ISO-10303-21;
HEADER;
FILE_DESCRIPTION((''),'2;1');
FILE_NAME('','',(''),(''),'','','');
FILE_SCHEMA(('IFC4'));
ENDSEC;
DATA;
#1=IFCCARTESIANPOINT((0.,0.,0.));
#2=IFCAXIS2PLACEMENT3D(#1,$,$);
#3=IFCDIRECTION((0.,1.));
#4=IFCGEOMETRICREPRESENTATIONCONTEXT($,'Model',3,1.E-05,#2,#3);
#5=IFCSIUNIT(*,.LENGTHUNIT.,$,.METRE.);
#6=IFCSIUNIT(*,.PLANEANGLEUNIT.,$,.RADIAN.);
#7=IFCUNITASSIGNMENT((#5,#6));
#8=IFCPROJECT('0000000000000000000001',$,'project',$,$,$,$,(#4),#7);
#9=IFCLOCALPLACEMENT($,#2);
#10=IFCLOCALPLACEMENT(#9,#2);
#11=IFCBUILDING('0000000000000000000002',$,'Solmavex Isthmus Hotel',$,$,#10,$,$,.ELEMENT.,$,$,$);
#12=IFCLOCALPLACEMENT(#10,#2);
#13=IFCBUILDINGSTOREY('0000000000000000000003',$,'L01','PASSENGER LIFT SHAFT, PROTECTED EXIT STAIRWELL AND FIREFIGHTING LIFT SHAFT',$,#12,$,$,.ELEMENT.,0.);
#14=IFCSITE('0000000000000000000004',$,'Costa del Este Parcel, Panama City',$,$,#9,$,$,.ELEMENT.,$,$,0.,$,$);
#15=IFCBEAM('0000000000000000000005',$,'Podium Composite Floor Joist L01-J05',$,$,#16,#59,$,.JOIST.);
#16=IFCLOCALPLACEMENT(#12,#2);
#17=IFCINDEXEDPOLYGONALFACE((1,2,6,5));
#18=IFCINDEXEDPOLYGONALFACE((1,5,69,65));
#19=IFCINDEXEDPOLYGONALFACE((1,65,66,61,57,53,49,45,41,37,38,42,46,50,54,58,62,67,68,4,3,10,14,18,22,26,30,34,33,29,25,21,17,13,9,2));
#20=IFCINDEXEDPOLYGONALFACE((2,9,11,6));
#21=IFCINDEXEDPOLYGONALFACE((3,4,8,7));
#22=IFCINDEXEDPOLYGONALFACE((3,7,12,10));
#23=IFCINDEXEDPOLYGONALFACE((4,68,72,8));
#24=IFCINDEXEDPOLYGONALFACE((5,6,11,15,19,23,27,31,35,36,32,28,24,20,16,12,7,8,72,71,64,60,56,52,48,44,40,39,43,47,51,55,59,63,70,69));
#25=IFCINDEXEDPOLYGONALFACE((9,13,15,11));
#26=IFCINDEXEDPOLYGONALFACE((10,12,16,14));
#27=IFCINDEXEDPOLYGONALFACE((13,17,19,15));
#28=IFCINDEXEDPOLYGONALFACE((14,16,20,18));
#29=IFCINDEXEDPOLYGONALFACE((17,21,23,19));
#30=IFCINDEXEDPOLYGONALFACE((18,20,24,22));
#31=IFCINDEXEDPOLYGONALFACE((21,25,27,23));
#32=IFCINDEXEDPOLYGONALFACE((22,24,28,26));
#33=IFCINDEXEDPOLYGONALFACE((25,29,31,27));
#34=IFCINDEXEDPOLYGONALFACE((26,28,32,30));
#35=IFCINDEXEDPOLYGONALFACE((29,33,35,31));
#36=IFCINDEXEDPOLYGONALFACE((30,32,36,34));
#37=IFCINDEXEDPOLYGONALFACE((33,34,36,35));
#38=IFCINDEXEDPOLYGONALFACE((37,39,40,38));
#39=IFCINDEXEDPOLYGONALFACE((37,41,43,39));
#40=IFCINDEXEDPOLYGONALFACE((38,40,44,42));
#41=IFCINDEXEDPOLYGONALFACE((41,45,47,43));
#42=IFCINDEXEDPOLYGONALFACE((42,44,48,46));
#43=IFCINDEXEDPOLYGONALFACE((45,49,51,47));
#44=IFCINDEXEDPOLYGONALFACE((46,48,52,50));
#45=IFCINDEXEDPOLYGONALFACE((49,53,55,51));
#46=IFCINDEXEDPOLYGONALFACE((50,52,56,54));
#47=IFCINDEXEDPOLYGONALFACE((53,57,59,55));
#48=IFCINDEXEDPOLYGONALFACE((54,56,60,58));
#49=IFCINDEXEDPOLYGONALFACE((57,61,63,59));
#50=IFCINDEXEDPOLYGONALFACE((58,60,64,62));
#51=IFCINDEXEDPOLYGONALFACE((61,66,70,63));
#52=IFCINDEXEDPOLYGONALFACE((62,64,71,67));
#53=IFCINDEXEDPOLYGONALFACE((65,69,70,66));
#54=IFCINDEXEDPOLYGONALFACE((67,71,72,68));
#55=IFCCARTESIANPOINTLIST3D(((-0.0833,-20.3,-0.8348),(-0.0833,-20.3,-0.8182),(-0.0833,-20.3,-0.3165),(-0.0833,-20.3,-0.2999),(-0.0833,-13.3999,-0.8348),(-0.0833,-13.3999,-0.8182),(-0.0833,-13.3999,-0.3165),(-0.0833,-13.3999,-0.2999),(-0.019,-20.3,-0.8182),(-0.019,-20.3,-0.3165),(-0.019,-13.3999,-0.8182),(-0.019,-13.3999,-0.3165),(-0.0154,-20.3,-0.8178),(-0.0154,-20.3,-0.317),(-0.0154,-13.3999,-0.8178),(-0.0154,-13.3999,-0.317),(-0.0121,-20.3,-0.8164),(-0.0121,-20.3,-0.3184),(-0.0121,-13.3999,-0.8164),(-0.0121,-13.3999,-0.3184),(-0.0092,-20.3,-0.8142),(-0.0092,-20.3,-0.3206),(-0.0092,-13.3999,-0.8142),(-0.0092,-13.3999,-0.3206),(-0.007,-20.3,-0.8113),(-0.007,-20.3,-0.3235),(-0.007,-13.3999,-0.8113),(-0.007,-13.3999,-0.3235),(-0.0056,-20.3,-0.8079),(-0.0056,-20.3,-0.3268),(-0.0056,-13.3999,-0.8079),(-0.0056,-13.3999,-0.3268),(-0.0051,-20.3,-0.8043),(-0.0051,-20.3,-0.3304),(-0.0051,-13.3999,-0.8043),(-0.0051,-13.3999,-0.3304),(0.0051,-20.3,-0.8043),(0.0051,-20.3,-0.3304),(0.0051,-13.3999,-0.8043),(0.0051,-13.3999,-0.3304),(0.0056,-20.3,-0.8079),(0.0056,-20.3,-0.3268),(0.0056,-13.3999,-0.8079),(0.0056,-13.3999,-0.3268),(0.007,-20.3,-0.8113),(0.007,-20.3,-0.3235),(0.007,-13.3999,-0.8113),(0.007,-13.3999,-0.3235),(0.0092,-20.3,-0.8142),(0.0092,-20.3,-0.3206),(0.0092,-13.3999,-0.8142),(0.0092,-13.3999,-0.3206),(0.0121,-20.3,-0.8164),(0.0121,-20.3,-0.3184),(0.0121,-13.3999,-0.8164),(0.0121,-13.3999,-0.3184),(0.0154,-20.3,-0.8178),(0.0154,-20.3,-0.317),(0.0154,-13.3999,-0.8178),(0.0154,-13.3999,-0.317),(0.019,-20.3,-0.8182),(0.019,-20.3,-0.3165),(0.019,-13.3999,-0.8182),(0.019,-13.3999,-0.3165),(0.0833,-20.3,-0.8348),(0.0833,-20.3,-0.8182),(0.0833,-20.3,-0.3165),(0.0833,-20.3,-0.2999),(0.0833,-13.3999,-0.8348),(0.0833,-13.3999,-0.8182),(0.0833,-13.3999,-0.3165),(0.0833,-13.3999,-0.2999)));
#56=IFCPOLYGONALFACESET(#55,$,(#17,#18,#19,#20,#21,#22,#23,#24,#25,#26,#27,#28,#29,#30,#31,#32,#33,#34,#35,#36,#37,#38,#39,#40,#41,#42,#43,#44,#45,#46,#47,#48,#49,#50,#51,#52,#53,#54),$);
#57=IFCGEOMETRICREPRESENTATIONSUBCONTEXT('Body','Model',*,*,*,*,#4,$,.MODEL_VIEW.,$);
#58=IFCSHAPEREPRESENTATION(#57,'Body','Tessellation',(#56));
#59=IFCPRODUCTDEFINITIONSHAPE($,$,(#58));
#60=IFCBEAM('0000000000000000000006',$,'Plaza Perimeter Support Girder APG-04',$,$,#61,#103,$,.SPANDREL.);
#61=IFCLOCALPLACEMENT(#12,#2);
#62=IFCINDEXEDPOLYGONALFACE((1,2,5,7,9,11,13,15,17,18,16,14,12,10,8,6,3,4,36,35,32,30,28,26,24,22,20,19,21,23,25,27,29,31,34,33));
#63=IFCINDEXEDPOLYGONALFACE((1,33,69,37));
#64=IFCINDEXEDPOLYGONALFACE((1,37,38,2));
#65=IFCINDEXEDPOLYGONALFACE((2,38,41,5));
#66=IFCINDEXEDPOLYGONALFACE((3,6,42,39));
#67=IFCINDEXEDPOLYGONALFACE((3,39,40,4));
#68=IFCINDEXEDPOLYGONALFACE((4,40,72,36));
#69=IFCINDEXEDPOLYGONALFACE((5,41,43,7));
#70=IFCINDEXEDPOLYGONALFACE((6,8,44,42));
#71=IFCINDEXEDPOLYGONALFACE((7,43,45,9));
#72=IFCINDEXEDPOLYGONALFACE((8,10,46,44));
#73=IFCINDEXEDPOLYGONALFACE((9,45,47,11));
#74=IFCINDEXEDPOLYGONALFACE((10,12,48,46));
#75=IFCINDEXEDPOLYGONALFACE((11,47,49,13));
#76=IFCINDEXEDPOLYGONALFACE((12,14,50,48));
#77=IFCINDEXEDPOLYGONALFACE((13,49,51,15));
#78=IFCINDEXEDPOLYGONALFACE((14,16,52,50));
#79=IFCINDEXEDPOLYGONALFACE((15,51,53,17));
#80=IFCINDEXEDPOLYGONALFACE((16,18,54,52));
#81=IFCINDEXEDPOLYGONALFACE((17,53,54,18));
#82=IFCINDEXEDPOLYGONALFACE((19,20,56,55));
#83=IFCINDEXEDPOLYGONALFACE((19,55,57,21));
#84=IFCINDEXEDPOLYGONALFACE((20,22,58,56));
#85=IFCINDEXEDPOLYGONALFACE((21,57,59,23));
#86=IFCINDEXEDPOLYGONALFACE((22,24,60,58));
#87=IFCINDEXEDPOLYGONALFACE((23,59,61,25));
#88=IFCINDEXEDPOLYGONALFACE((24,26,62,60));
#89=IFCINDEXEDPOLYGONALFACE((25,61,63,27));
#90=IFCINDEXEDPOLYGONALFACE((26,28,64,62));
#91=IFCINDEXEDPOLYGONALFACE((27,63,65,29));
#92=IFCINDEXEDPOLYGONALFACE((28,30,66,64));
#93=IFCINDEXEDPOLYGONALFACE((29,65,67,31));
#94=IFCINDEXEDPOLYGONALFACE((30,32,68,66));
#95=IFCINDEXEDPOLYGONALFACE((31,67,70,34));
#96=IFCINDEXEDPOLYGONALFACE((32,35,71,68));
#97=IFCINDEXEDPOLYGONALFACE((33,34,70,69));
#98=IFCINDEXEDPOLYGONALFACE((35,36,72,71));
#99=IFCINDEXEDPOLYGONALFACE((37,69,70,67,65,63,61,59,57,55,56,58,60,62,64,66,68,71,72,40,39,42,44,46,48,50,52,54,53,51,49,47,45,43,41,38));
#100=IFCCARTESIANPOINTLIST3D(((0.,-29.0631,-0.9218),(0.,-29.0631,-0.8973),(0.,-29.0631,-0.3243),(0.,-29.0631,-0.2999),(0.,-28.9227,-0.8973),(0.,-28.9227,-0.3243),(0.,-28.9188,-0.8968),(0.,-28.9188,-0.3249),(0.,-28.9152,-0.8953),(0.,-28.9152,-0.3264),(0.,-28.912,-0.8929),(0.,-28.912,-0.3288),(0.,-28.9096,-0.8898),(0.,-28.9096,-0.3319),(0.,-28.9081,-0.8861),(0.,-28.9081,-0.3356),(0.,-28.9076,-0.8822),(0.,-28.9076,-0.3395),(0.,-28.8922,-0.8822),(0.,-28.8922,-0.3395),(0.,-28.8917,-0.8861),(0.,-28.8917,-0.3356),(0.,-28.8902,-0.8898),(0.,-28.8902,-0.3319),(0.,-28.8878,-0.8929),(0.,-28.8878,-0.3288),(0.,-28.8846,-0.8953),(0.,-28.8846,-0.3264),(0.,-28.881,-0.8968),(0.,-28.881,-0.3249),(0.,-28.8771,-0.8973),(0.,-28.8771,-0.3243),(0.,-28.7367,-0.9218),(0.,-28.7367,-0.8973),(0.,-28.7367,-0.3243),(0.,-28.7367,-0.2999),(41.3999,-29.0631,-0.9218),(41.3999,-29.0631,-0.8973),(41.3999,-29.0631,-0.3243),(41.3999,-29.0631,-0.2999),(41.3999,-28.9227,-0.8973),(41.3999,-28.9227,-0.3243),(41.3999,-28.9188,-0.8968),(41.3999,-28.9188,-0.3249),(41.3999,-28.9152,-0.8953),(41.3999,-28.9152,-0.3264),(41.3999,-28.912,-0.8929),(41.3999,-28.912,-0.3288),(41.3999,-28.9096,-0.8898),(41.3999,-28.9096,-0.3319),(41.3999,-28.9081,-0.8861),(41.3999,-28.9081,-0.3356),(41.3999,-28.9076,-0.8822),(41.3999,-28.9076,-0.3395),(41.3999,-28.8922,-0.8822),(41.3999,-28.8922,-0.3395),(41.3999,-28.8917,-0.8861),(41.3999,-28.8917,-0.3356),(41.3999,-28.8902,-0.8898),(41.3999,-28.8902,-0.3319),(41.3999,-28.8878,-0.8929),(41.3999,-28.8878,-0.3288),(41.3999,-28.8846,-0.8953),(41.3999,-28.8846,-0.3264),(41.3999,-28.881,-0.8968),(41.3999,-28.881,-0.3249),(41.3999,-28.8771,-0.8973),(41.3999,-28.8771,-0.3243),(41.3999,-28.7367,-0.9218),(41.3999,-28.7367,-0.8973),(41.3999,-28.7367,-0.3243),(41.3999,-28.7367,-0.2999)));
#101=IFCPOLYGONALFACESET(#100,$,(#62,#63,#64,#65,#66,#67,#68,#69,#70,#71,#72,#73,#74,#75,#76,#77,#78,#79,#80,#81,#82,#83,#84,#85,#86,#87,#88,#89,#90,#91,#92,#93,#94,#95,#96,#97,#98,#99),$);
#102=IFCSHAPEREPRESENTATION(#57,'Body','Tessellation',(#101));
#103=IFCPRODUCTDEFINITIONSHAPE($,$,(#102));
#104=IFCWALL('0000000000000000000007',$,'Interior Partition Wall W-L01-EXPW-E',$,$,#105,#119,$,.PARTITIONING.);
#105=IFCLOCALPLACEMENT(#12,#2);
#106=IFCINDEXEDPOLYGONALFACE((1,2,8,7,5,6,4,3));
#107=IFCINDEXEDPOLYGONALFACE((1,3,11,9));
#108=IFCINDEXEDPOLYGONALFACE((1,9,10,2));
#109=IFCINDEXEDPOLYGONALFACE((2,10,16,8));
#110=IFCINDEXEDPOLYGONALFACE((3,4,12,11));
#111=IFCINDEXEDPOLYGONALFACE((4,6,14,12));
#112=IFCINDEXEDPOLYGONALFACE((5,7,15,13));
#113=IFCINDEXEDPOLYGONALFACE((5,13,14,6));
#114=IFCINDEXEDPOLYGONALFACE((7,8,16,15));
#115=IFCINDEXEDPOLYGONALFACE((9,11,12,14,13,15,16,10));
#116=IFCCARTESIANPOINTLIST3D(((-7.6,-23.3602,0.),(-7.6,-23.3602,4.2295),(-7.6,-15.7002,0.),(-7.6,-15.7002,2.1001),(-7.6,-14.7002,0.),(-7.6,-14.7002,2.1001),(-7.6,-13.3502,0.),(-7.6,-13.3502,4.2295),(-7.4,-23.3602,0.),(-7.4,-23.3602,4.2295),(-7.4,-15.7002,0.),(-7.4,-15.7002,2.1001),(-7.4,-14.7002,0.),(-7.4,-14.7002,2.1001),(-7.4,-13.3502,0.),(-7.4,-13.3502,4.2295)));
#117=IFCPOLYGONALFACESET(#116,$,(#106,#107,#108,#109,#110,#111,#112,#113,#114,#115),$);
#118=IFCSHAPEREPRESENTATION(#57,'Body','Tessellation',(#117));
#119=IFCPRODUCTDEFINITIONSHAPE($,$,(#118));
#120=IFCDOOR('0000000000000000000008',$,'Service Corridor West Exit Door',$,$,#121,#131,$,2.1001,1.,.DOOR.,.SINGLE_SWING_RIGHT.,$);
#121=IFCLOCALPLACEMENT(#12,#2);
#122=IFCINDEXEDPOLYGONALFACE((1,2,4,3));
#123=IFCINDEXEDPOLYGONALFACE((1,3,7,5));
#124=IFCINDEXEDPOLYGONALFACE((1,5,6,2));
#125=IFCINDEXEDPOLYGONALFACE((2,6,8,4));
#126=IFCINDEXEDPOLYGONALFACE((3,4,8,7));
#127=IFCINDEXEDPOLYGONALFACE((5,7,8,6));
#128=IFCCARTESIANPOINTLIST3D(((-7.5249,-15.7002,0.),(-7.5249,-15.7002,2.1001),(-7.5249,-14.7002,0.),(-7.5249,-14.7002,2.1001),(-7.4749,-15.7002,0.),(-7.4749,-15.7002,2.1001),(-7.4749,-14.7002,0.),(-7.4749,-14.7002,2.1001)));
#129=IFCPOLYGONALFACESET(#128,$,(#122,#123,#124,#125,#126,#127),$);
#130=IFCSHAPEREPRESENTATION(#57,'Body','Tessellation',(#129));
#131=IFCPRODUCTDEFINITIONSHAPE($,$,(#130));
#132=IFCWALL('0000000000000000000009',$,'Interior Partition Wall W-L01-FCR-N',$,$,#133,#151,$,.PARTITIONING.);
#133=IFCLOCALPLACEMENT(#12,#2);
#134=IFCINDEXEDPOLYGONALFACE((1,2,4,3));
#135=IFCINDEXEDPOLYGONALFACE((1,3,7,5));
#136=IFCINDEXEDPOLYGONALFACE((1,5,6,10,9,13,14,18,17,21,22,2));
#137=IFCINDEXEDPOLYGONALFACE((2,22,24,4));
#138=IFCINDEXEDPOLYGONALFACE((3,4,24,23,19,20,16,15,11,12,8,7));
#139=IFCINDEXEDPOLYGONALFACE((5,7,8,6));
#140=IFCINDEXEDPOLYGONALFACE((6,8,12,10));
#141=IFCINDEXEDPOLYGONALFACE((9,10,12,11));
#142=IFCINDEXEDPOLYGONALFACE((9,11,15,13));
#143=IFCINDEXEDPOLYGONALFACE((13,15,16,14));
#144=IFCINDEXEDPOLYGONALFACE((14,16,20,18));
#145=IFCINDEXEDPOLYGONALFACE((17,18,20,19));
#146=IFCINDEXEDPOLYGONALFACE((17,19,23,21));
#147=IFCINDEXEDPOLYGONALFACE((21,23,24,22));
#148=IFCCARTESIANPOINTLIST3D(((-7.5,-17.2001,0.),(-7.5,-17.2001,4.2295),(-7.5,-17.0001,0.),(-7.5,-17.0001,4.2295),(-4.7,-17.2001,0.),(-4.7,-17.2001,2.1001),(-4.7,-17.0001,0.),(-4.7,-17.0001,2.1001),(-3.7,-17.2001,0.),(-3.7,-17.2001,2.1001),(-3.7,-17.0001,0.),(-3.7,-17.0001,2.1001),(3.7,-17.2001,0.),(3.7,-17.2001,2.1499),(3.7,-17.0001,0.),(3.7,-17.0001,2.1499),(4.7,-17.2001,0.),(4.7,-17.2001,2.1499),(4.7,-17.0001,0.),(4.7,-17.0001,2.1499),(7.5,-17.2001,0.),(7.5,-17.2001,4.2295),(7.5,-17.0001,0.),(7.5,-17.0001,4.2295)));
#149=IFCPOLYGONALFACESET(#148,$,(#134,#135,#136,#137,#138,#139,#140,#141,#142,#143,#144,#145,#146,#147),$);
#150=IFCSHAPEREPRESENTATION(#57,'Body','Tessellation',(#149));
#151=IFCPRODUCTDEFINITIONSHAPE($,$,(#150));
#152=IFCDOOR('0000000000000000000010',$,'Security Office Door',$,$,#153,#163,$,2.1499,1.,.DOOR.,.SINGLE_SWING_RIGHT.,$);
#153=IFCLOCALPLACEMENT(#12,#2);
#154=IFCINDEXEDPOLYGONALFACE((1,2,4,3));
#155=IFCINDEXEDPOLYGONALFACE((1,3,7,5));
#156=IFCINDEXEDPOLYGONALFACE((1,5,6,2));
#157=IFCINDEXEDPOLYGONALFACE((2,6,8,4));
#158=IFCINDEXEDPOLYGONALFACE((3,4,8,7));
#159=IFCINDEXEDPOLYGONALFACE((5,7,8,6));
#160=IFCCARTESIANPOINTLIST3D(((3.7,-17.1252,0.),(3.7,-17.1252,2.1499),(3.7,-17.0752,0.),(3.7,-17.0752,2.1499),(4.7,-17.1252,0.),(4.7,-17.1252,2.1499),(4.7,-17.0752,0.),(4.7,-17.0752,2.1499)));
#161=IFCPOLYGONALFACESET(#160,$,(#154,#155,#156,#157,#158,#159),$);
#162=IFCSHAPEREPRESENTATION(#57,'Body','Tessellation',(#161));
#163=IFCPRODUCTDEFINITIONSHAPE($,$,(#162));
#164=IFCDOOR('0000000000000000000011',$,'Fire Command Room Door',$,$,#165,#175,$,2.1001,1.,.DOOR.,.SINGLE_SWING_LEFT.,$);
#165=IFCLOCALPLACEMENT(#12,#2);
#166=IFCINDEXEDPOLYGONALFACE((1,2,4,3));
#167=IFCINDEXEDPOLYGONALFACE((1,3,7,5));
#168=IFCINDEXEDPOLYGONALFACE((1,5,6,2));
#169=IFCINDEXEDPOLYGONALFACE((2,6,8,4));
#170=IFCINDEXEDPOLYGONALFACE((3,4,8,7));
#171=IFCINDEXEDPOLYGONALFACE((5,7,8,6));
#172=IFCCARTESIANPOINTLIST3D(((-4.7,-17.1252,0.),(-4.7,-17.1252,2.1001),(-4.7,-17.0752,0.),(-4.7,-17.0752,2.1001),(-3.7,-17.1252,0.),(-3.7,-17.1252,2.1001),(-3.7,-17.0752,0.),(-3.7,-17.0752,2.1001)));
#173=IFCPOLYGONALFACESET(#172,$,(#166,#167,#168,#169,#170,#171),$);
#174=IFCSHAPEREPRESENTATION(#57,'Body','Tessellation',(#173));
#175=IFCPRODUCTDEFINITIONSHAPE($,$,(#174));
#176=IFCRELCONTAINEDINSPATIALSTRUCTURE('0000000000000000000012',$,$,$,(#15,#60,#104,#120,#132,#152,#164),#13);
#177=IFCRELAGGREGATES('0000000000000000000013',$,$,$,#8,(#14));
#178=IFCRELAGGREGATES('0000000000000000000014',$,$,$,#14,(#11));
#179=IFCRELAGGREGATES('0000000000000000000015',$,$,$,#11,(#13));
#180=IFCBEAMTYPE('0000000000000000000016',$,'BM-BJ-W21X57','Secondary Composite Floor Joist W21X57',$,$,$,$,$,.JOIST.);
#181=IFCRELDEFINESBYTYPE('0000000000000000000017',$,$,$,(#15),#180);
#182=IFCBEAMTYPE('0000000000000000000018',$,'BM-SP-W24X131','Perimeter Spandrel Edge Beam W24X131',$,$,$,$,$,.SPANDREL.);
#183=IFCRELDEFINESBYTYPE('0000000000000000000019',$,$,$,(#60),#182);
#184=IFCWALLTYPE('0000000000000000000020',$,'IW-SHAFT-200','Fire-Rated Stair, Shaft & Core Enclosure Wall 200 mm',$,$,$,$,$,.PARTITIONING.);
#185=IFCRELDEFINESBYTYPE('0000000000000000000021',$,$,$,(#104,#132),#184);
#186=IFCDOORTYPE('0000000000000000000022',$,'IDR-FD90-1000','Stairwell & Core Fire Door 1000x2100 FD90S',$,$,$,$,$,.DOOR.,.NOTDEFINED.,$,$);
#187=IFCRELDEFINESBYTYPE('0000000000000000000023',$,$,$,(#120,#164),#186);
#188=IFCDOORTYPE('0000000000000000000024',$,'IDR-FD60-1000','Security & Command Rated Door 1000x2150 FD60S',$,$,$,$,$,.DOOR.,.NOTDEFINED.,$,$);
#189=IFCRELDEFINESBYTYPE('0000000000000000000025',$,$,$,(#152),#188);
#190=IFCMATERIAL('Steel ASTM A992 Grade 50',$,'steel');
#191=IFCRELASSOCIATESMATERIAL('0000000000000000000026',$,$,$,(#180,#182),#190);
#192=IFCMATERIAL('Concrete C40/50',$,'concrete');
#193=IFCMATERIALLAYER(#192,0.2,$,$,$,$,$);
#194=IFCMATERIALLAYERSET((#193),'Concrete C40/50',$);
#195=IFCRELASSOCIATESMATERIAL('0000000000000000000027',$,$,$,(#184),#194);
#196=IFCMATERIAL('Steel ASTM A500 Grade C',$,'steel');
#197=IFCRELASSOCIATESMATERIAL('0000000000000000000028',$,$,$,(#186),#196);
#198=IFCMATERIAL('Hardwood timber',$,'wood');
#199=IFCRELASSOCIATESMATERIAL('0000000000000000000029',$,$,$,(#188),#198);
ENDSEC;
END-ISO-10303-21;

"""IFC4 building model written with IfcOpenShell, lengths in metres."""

from ifc_helpers import new_model, si_unit, direction, frame, frame_2d, origin, origin_2d, place, context, subcontext, project, spatial, rectangle, i_section, extrude, material, layer, layer_set, material_profile, profile_set, type_object, element, fill, save


model = new_model("IFC4")

# Units and contexts
model_context = context("Model", 3, precision=1e-05, world=origin(), true_north=direction((0.0, 1.0)))
body_context = subcontext(model_context, "Body", "Model", "MODEL_VIEW")
ifc_project = project(units=[si_unit("LENGTHUNIT", "METRE"), si_unit("PLANEANGLEUNIT", "RADIAN")], contexts=[model_context])

# Site, building, storey
site_placement = place(None, origin())
site = spatial("IfcSite", under=ifc_project, at=site_placement, Name="Costa del Este Parcel, Panama City", CompositionType="ELEMENT", RefElevation=0.0)
building_placement = place(site_placement, origin())
building = spatial("IfcBuilding", under=site, at=building_placement, Name="Solmavex Isthmus Hotel", CompositionType="ELEMENT")
storey_placement = place(building_placement, origin())
storey = spatial("IfcBuildingStorey", under=building, at=storey_placement, Name="L01", Description="PASSENGER LIFT SHAFT, PROTECTED EXIT STAIRWELL AND FIREFIGHTING LIFT SHAFT", CompositionType="ELEMENT", Elevation=0.0)

# Beams
ifc_material_1 = material(Name="Steel ASTM A992 Grade 50", Category="steel")
ifc_material_profile_1 = material_profile(ifc_material_1, i_section(OverallWidth=0.1665, OverallDepth=0.5349, WebThickness=0.0103, FlangeThickness=0.0166, FilletRadius=0.0139, at=origin_2d()), Name="W21X57")
ifc_profile_set_1 = profile_set([ifc_material_profile_1], Name="Steel ASTM A992 Grade 50")
beam_type_1 = type_object("IfcBeamType", Name="BM-BJ-W21X57", Description="Secondary Composite Floor Joist W21X57", PredefinedType="JOIST", material=ifc_profile_set_1)
for number, where, z_axis, x_axis, name in (
    (1, (0.0, -20.3, -0.5674), (0.0, 1.0, 0.0), (-1.0, 0.0, 0.0), "Podium Composite Floor Joist L01-J05"),
):
    element("IfcBeam", number, at=place(storey_placement, frame(where, z_axis=z_axis, x_axis=x_axis)), inside=storey, type_object=beam_type_1, Name=name, PredefinedType="JOIST", context=body_context, shape_type="SweptSolid", body=[
        extrude(i_section(OverallWidth=0.1665, OverallDepth=0.5349, WebThickness=0.0103, FlangeThickness=0.0166, FilletRadius=0.0139, at=origin_2d()), origin(), (0.0, 0.0, 1.0), 6.9001),
    ])
ifc_material_profile_2 = material_profile(ifc_material_1, i_section(OverallWidth=0.3264, OverallDepth=0.6218, WebThickness=0.0154, FlangeThickness=0.0244, FilletRadius=0.0151, at=origin_2d()), Name="W24X131")
ifc_profile_set_2 = profile_set([ifc_material_profile_2], Name="Steel ASTM A992 Grade 50")
beam_type_2 = type_object("IfcBeamType", Name="BM-SP-W24X131", Description="Perimeter Spandrel Edge Beam W24X131", PredefinedType="SPANDREL", material=ifc_profile_set_2)
beam_1_placement = place(storey_placement, frame((0.0, -28.8999, -0.6108), z_axis=(1.0, 0.0, 0.0), x_axis=(0.0, 1.0, 0.0)))
element("IfcBeam", 2, at=beam_1_placement, inside=storey, type_object=beam_type_2, Name="Plaza Perimeter Support Girder APG-04", PredefinedType="SPANDREL", context=body_context, shape_type="SweptSolid", body=[
    extrude(i_section(OverallWidth=0.3264, OverallDepth=0.6218, WebThickness=0.0154, FlangeThickness=0.0244, FilletRadius=0.0151, at=origin_2d()), origin(), (0.0, 0.0, 1.0), 41.3999),
])

# Wall, opening, door
ifc_material_2 = material(Name="Concrete C40/50", Category="concrete")
ifc_layer = layer(ifc_material_2, 0.2)
ifc_layer_set = layer_set([ifc_layer], Name="Concrete C40/50")
wall_type = type_object("IfcWallType", Name="IW-SHAFT-200", Description="Fire-Rated Stair, Shaft & Core Enclosure Wall 200 mm", PredefinedType="PARTITIONING", material=ifc_layer_set)
wall_1_placement = place(storey_placement, frame((-7.5, -23.3601, 0.0), z_axis=(0.0, 0.0, 1.0), x_axis=(0.0, 1.0, 0.0)))
wall_1 = element("IfcWall", 3, at=wall_1_placement, inside=storey, type_object=wall_type, Name="Interior Partition Wall W-L01-EXPW-E", PredefinedType="PARTITIONING", context=body_context, shape_type="SweptSolid", body=[
    extrude(rectangle(XDim=10.01, YDim=0.2, at=frame_2d((5.0049, 0.0))), origin(), (0.0, 0.0, 1.0), 4.2295),
])
opening_1_placement = place(wall_1_placement, frame((7.6599, 0.0, 0.0)))
opening_1 = element("IfcOpeningElement", 4, at=opening_1_placement, cuts=wall_1, PredefinedType="OPENING", context=body_context, shape_type="SweptSolid", body=[
    extrude(rectangle(XDim=1.0, YDim=2.1001, at=frame_2d((0.5, 1.05))), frame((0.0, 0.1099, 0.0), z_axis=(0.0, -1.0, 0.0), x_axis=(1.0, 0.0, 0.0)), (0.0, 0.0, 1.0), 0.22),
])
ifc_material_3 = material(Name="Steel ASTM A500 Grade C", Category="steel")
door_type_1 = type_object("IfcDoorType", Name="IDR-FD90-1000", Description="Stairwell & Core Fire Door 1000x2100 FD90S", OperationType="NOTDEFINED", PredefinedType="DOOR", material=ifc_material_3)
door_1_placement = place(opening_1_placement, origin())
door_1 = element("IfcDoor", 5, at=door_1_placement, inside=storey, type_object=door_type_1, Name="Service Corridor West Exit Door", OperationType="SINGLE_SWING_RIGHT", OverallHeight=2.1001, OverallWidth=1.0, PredefinedType="DOOR", context=body_context, shape_type="SweptSolid", body=[
    extrude(rectangle(XDim=1.0, YDim=2.1001, at=frame_2d((0.5, 1.05))), frame((0.0, 0.0249, 0.0), z_axis=(0.0, -1.0, 0.0), x_axis=(1.0, 0.0, 0.0)), (0.0, 0.0, 1.0), 0.05),
])
fill(opening_1, door_1)

# Wall, openings, doors
wall_2_placement = place(storey_placement, frame((-7.5, -17.1001, 0.0), z_axis=(0.0, 0.0, 1.0), x_axis=(1.0, 0.0, 0.0)))
wall_2 = element("IfcWall", 6, at=wall_2_placement, inside=storey, type_object=wall_type, Name="Interior Partition Wall W-L01-FCR-N", PredefinedType="PARTITIONING", context=body_context, shape_type="SweptSolid", body=[
    extrude(rectangle(XDim=15.0, YDim=0.2, at=frame_2d((7.5, 0.0))), origin(), (0.0, 0.0, 1.0), 4.2295),
])
opening_2_placement = place(wall_2_placement, frame((2.8, 0.0, 0.0)))
opening_2 = element("IfcOpeningElement", 7, at=opening_2_placement, cuts=wall_2, PredefinedType="OPENING", context=body_context, shape_type="SweptSolid", body=[
    extrude(rectangle(XDim=1.0, YDim=2.1001, at=frame_2d((0.5, 1.05))), frame((0.0, 0.1099, 0.0), z_axis=(0.0, -1.0, 0.0), x_axis=(1.0, 0.0, 0.0)), (0.0, 0.0, 1.0), 0.22),
])
opening_3_placement = place(wall_2_placement, frame((11.2, 0.0, 0.0)))
opening_3 = element("IfcOpeningElement", 8, at=opening_3_placement, cuts=wall_2, PredefinedType="OPENING", context=body_context, shape_type="SweptSolid", body=[
    extrude(rectangle(XDim=1.0, YDim=2.1499, at=frame_2d((0.5, 1.075))), frame((0.0, 0.1099, 0.0), z_axis=(0.0, -1.0, 0.0), x_axis=(1.0, 0.0, 0.0)), (0.0, 0.0, 1.0), 0.22),
])
ifc_material_4 = material(Name="Hardwood timber", Category="wood")
door_type_2 = type_object("IfcDoorType", Name="IDR-FD60-1000", Description="Security & Command Rated Door 1000x2150 FD60S", OperationType="NOTDEFINED", PredefinedType="DOOR", material=ifc_material_4)
door_2_placement = place(opening_3_placement, origin())
door_2 = element("IfcDoor", 9, at=door_2_placement, inside=storey, type_object=door_type_2, Name="Security Office Door", OperationType="SINGLE_SWING_RIGHT", OverallHeight=2.1499, OverallWidth=1.0, PredefinedType="DOOR", context=body_context, shape_type="SweptSolid", body=[
    extrude(rectangle(XDim=1.0, YDim=2.1499, at=frame_2d((0.5, 1.075))), frame((0.0, 0.0249, 0.0), z_axis=(0.0, -1.0, 0.0), x_axis=(1.0, 0.0, 0.0)), (0.0, 0.0, 1.0), 0.05),
])
fill(opening_3, door_2)
door_3_placement = place(opening_2_placement, origin())
door_3 = element("IfcDoor", 10, at=door_3_placement, inside=storey, type_object=door_type_1, Name="Fire Command Room Door", OperationType="SINGLE_SWING_LEFT", OverallHeight=2.1001, OverallWidth=1.0, PredefinedType="DOOR", context=body_context, shape_type="SweptSolid", body=[
    extrude(rectangle(XDim=1.0, YDim=2.1001, at=frame_2d((0.5, 1.05))), frame((0.0, 0.0249, 0.0), z_axis=(0.0, -1.0, 0.0), x_axis=(1.0, 0.0, 0.0)), (0.0, 0.0, 1.0), 0.05),
])
fill(opening_2, door_3)

save(model, "model.ifc")
